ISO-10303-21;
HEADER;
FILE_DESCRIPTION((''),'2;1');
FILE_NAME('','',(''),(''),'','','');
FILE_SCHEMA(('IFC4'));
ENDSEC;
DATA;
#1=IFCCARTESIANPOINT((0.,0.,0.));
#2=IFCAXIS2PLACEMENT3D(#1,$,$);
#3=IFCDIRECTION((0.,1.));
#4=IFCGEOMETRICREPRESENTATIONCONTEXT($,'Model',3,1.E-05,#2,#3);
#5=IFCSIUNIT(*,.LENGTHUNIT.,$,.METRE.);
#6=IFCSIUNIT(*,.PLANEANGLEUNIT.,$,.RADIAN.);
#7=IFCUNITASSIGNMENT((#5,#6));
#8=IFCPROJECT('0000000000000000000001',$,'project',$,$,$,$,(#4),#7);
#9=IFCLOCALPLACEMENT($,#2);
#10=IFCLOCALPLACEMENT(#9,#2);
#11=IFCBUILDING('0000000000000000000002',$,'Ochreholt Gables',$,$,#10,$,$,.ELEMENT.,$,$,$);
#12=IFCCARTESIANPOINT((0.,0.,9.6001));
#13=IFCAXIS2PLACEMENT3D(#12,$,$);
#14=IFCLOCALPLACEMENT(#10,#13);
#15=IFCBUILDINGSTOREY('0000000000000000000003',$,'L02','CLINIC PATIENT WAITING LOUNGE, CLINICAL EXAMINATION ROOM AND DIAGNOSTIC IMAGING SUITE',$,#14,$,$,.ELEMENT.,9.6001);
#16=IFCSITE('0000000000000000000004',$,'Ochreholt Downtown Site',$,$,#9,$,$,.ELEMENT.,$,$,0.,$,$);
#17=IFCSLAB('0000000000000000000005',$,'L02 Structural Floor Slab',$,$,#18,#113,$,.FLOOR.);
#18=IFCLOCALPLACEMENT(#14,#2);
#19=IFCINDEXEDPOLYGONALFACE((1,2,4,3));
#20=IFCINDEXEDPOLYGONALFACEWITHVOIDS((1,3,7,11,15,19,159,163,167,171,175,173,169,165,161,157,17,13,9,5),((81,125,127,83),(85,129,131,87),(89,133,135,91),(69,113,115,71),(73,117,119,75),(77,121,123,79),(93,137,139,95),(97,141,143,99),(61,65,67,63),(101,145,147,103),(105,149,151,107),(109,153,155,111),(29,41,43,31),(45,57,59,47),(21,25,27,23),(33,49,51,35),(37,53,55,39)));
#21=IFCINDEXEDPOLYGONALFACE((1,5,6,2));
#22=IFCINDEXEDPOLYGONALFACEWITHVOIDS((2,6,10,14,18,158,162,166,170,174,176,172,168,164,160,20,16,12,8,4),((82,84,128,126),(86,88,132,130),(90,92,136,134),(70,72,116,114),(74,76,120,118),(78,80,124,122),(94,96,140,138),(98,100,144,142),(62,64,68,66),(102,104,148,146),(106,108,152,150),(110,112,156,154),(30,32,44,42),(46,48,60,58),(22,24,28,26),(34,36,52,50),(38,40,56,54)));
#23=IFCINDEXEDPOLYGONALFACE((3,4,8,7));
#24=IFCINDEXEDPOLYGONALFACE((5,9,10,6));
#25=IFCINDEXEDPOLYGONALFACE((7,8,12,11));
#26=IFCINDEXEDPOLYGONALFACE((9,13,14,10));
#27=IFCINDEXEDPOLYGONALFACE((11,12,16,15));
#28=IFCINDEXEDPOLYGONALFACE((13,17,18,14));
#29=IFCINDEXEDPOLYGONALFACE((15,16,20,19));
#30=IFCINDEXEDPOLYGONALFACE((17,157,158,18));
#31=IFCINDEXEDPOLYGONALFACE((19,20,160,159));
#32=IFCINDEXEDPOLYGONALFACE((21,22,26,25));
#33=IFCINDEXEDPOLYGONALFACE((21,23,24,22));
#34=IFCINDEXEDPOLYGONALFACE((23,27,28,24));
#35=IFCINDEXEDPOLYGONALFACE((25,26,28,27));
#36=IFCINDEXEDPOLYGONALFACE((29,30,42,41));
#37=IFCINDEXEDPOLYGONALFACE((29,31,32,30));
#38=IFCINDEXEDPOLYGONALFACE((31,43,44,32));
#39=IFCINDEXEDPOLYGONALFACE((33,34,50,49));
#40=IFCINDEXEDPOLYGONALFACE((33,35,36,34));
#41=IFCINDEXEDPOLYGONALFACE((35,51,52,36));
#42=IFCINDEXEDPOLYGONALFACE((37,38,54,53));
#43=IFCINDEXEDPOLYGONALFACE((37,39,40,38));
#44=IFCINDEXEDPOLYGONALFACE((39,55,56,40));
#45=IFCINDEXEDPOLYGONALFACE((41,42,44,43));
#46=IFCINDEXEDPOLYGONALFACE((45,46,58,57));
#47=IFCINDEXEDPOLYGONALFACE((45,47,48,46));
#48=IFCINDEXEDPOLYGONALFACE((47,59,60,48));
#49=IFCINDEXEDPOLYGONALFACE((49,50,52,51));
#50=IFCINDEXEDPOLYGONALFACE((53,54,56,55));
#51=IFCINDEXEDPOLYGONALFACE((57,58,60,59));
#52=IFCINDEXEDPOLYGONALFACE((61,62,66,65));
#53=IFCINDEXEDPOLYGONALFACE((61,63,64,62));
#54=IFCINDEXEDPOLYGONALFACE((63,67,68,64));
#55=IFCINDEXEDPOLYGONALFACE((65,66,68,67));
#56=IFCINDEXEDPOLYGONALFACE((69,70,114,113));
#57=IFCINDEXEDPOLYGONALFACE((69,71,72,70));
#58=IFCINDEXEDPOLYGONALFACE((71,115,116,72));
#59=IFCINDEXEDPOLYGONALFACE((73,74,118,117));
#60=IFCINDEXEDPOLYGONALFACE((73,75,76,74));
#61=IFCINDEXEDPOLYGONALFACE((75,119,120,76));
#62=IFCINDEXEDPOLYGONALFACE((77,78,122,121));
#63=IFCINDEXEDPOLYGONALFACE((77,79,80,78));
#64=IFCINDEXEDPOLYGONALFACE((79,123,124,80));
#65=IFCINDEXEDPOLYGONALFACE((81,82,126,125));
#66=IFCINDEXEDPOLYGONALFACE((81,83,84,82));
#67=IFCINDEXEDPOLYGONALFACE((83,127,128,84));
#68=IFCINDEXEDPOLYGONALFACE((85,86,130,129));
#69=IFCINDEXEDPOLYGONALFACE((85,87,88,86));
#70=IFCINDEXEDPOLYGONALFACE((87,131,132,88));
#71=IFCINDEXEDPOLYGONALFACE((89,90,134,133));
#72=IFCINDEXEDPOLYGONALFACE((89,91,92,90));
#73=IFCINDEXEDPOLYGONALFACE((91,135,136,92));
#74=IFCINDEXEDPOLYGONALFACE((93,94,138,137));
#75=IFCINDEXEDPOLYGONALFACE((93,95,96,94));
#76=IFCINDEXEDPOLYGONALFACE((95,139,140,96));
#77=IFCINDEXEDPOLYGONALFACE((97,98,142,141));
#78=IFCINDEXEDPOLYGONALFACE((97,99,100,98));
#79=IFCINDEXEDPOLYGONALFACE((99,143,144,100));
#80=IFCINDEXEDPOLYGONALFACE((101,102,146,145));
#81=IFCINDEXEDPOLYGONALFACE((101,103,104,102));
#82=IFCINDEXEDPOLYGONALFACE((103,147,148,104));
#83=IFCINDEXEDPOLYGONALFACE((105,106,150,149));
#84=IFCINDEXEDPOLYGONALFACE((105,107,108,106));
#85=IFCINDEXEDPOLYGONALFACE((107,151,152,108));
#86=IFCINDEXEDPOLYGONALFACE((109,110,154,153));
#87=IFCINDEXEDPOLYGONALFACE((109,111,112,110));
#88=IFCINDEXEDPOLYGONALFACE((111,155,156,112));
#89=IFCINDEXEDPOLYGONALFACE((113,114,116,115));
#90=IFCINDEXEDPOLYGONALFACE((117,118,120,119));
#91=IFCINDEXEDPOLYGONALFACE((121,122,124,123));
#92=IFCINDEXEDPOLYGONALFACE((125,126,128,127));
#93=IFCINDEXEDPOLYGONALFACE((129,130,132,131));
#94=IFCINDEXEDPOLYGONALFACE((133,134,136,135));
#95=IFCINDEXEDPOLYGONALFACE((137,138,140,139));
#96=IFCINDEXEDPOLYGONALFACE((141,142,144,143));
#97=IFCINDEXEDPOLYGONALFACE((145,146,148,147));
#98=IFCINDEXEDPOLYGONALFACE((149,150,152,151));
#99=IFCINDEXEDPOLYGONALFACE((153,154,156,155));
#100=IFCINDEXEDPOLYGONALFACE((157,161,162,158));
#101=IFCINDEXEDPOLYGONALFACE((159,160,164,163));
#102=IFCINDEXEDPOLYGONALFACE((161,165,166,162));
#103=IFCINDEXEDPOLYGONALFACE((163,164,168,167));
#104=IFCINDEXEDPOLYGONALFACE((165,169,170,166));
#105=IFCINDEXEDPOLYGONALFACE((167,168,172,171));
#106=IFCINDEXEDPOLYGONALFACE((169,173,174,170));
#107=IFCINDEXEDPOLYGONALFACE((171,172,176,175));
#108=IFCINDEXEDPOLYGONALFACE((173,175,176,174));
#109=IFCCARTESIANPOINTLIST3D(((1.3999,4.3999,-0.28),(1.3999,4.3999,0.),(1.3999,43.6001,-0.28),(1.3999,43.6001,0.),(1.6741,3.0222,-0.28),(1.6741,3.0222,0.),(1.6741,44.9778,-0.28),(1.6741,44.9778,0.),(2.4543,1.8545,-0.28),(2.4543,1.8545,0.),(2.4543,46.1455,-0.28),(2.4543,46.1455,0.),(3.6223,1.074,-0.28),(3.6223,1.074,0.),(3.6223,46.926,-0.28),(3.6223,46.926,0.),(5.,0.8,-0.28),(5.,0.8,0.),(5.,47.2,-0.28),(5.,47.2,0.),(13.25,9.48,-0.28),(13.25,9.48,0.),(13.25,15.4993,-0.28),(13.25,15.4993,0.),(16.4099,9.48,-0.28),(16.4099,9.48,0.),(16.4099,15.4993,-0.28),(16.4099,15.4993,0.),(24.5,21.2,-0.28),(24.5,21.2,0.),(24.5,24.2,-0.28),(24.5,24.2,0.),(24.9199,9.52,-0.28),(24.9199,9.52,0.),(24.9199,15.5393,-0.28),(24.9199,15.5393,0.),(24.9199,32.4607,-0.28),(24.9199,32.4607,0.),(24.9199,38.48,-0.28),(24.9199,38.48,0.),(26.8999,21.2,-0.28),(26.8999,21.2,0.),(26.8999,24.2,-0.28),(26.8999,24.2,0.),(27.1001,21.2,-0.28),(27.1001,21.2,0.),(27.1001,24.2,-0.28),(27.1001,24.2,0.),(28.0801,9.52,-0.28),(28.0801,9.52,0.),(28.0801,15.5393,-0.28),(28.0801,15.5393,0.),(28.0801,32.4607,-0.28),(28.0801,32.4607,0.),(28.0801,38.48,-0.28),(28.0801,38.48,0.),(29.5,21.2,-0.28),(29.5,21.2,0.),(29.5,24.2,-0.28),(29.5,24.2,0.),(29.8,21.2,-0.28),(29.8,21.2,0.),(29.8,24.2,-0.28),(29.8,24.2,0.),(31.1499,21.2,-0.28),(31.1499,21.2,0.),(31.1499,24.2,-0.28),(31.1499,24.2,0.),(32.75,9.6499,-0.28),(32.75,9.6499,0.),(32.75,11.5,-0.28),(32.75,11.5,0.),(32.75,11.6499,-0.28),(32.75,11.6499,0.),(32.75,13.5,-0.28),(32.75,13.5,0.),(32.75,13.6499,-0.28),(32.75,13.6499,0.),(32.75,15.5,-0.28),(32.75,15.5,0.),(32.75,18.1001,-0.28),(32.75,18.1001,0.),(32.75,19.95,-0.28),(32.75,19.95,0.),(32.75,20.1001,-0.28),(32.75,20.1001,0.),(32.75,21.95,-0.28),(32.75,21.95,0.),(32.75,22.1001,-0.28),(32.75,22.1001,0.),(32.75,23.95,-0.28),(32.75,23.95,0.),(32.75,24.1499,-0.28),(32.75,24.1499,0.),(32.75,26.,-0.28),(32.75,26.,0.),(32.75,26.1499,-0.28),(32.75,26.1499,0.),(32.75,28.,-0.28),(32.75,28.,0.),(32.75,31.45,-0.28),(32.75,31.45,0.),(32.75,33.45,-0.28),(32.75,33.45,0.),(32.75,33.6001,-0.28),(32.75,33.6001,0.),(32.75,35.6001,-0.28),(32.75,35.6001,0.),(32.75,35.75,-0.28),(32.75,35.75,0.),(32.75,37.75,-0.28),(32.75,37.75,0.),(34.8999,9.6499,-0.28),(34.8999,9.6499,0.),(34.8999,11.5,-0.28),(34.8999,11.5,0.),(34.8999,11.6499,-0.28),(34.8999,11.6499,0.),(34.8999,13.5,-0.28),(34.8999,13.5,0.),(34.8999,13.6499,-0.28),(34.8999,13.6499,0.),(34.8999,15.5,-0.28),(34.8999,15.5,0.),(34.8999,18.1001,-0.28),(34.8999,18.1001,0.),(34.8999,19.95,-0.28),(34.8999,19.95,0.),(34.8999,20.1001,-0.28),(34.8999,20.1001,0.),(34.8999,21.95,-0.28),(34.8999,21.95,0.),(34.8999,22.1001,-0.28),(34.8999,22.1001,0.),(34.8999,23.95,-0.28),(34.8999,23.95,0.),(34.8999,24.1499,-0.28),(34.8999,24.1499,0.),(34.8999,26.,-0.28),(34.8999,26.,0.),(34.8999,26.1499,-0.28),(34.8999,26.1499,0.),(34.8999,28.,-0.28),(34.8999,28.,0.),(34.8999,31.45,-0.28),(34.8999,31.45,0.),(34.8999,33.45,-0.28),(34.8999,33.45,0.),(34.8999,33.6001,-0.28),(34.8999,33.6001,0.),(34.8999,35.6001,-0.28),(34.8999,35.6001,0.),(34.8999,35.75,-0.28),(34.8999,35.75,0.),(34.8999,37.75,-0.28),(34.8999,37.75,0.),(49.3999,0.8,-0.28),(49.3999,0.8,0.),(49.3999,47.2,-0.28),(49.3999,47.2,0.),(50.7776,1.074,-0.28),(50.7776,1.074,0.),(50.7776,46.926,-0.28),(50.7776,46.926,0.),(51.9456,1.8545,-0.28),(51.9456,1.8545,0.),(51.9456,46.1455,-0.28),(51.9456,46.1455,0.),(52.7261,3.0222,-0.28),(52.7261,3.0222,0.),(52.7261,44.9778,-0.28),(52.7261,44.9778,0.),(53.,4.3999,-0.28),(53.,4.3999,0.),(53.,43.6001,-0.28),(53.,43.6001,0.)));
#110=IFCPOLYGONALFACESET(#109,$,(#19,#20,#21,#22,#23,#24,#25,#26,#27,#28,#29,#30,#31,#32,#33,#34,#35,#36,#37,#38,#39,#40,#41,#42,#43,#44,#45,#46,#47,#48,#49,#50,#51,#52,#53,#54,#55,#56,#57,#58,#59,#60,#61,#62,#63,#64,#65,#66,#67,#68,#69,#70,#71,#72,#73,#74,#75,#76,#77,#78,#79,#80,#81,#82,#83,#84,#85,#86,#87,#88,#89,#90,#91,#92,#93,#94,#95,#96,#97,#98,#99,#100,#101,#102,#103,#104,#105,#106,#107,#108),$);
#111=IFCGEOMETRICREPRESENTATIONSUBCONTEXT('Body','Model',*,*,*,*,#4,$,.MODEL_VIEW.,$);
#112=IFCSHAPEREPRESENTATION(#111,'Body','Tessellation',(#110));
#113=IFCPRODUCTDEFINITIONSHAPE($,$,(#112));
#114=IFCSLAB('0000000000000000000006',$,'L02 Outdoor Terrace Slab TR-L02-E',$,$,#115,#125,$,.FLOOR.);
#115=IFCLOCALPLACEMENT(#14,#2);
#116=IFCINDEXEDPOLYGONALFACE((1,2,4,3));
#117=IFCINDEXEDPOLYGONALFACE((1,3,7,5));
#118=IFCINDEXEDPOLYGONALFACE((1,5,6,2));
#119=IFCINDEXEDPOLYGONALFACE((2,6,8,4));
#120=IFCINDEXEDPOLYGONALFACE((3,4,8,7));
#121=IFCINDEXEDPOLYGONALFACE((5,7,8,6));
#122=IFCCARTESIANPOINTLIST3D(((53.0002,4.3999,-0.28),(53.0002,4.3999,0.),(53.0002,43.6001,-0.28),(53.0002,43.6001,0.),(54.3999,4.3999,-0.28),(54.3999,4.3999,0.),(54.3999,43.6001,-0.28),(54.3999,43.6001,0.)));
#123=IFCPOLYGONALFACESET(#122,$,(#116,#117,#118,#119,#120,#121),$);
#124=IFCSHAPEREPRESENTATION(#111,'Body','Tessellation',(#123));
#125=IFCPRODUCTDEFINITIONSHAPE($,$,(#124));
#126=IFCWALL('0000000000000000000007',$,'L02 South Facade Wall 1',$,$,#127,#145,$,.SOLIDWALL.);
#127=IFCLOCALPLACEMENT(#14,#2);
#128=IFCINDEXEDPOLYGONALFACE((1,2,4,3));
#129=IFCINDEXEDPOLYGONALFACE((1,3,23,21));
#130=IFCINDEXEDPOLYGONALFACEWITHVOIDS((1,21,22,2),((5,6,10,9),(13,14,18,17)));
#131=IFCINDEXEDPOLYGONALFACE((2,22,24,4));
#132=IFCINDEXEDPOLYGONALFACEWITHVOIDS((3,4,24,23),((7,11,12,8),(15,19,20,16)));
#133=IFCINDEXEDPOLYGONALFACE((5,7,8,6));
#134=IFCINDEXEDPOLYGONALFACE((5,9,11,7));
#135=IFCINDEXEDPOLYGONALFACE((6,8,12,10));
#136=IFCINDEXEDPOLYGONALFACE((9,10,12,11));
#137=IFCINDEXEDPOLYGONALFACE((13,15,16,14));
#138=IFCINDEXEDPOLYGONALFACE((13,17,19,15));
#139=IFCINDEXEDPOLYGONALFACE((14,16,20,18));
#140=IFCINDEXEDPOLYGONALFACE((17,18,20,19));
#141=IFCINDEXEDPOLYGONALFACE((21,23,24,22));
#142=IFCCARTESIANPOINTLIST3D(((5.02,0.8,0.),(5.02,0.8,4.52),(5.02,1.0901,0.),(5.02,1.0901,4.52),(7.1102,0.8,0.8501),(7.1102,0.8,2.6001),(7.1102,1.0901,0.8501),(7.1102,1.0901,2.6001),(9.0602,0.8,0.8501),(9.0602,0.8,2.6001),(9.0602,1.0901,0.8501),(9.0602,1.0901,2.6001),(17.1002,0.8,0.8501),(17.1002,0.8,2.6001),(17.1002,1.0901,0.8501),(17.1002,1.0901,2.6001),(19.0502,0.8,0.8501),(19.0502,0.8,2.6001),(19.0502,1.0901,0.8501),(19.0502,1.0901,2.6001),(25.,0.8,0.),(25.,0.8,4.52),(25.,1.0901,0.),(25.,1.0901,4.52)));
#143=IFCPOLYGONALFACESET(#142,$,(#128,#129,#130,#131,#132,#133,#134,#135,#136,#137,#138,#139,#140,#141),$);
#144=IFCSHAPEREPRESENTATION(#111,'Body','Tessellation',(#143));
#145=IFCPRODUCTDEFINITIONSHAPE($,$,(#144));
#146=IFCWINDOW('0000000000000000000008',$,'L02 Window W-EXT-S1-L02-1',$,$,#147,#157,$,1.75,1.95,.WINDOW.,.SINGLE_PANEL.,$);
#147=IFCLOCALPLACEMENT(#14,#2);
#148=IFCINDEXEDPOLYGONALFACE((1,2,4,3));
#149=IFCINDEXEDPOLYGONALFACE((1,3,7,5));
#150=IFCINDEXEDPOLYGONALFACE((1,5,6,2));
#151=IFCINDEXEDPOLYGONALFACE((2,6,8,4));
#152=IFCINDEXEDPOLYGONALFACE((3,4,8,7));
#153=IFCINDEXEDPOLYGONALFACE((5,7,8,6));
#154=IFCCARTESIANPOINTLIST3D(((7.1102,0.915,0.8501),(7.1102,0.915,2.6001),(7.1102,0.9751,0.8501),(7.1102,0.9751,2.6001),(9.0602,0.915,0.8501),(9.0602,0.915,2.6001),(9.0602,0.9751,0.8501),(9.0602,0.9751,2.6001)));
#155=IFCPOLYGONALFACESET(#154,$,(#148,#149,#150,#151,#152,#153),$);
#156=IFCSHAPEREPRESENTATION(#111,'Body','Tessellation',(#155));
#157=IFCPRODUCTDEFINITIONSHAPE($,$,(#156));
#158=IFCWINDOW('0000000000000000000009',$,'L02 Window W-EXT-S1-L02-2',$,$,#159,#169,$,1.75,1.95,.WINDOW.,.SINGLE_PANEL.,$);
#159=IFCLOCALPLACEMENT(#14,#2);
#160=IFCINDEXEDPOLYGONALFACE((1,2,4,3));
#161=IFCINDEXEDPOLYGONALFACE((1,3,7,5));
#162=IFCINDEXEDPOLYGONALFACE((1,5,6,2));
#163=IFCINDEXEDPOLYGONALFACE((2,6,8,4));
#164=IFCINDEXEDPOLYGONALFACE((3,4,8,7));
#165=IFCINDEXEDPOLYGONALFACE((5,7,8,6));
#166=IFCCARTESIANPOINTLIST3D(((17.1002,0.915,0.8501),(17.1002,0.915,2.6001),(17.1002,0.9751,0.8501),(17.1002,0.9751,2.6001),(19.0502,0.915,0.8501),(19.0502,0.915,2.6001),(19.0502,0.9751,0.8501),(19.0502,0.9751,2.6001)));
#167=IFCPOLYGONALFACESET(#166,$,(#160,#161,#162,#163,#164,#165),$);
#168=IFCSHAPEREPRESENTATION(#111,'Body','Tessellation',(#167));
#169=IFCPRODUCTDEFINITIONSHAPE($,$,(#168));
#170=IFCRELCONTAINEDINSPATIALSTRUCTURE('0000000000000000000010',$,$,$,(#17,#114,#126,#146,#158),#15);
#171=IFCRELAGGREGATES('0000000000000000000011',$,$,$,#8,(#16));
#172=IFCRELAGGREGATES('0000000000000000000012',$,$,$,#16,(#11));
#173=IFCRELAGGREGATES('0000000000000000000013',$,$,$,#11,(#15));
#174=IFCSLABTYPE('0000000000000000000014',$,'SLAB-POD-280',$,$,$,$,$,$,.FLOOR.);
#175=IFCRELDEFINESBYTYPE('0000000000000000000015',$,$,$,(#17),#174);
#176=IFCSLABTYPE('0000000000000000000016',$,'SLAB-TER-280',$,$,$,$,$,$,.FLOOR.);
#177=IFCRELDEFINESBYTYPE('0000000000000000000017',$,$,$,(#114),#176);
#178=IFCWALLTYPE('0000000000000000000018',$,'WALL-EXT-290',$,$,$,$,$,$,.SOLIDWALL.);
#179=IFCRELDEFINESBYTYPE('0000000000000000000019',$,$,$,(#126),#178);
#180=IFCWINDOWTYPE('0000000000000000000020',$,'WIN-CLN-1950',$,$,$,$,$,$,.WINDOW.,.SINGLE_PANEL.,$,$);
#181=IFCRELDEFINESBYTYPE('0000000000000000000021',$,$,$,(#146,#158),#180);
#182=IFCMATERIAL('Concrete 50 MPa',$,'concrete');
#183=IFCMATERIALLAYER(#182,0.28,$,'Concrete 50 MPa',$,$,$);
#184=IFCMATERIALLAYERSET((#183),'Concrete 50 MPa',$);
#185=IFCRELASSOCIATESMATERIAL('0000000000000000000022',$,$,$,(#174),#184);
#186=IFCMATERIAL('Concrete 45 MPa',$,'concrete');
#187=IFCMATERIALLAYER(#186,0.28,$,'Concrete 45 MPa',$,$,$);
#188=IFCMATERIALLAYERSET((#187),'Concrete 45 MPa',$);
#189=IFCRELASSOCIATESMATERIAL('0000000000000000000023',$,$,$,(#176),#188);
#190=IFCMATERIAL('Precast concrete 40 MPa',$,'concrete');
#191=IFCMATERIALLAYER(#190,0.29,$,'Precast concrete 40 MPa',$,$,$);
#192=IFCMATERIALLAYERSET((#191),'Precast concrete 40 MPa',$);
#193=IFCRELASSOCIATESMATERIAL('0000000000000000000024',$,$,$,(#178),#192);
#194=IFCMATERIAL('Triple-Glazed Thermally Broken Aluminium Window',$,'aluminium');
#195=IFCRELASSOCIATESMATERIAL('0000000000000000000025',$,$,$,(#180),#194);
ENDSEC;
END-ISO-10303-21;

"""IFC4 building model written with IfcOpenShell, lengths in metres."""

from ifc_helpers import new_model, si_unit, direction, frame, frame_2d, origin, place, context, subcontext, project, spatial, polyline, rectangle, outline, extrude, material, layer, layer_set, type_object, element, fill, save


model = new_model("IFC4")

# Units and contexts
model_context = context("Model", 3, precision=1e-05, world=origin(), true_north=direction((0.0, 1.0)))
body_context = subcontext(model_context, "Body", "Model", "MODEL_VIEW")
ifc_project = project(units=[si_unit("LENGTHUNIT", "METRE"), si_unit("PLANEANGLEUNIT", "RADIAN")], contexts=[model_context])

# Site, building, storey
site_placement = place(None, origin())
site = spatial("IfcSite", under=ifc_project, at=site_placement, Name="Ochreholt Downtown Site", CompositionType="ELEMENT", RefElevation=0.0)
building_placement = place(site_placement, origin())
building = spatial("IfcBuilding", under=site, at=building_placement, Name="Ochreholt Gables", CompositionType="ELEMENT")
storey_placement = place(building_placement, frame((0.0, 0.0, 9.6001)))
storey = spatial("IfcBuildingStorey", under=building, at=storey_placement, Name="L02", Description="CLINIC PATIENT WAITING LOUNGE, CLINICAL EXAMINATION ROOM AND DIAGNOSTIC IMAGING SUITE", CompositionType="ELEMENT", Elevation=9.6001)

# Slabs
ifc_material_1 = material(Name="Concrete 50 MPa", Category="concrete")
ifc_layer_1 = layer(ifc_material_1, 0.28, Name="Concrete 50 MPa")
ifc_layer_set_1 = layer_set([ifc_layer_1], Name="Concrete 50 MPa")
slab_type_1 = type_object("IfcSlabType", Name="SLAB-POD-280", PredefinedType="FLOOR", material=ifc_layer_set_1)
slab_1_placement = place(storey_placement, frame((0.0, 0.0, -0.28)))
element("IfcSlab", 1, at=slab_1_placement, inside=storey, type_object=slab_type_1, Name="L02 Structural Floor Slab", PredefinedType="FLOOR", context=body_context, shape_type="SweptSolid", body=[
    extrude(outline(polyline([(1.3999, 4.3999), (1.6741, 3.0222), (2.4543, 1.8545), (3.6223, 1.074), (5.0, 0.8), (49.3999, 0.8), (50.7776, 1.074), (51.9456, 1.8545), (52.7261, 3.0222), (53.0, 4.3999), (53.0, 43.6001), (52.7261, 44.9778), (51.9456, 46.1455), (50.7776, 46.926), (49.3999, 47.2), (5.0, 47.2), (3.6223, 46.926), (2.4543, 46.1455), (1.6741, 44.9778), (1.3999, 43.6001), (1.3999, 4.3999)]), holes=[polyline([(24.9199, 15.5393), (24.9199, 9.52), (28.0801, 9.52), (28.0801, 15.5393), (24.9199, 15.5393)]), polyline([(28.0801, 32.4607), (28.0801, 38.48), (24.9199, 38.48), (24.9199, 32.4607), (28.0801, 32.4607)]), polyline([(13.25, 15.4993), (13.25, 9.48), (16.4099, 9.48), (16.4099, 15.4993), (13.25, 15.4993)]), polyline([(24.5, 21.2), (26.8999, 21.2), (26.8999, 24.2), (24.5, 24.2), (24.5, 21.2)]), polyline([(27.1001, 21.2), (29.5, 21.2), (29.5, 24.2), (27.1001, 24.2), (27.1001, 21.2)]), polyline([(32.75, 9.6499), (34.8999, 9.6499), (34.8999, 11.5), (32.75, 11.5), (32.75, 9.6499)]), polyline([(32.75, 11.6499), (34.8999, 11.6499), (34.8999, 13.5), (32.75, 13.5), (32.75, 11.6499)]), polyline([(32.75, 13.6499), (34.8999, 13.6499), (34.8999, 15.5), (32.75, 15.5), (32.75, 13.6499)]), polyline([(32.75, 18.1001), (34.8999, 18.1001), (34.8999, 19.95), (32.75, 19.95), (32.75, 18.1001)]), polyline([(32.75, 20.1001), (34.8999, 20.1001), (34.8999, 21.95), (32.75, 21.95), (32.75, 20.1001)]), polyline([(32.75, 22.1001), (34.8999, 22.1001), (34.8999, 23.95), (32.75, 23.95), (32.75, 22.1001)]), polyline([(32.75, 24.1499), (34.8999, 24.1499), (34.8999, 26.0), (32.75, 26.0), (32.75, 24.1499)]), polyline([(32.75, 26.1499), (34.8999, 26.1499), (34.8999, 28.0), (32.75, 28.0), (32.75, 26.1499)]), polyline([(32.75, 31.45), (34.8999, 31.45), (34.8999, 33.45), (32.75, 33.45), (32.75, 31.45)]), polyline([(32.75, 33.6001), (34.8999, 33.6001), (34.8999, 35.6001), (32.75, 35.6001), (32.75, 33.6001)]), polyline([(32.75, 35.75), (34.8999, 35.75), (34.8999, 37.75), (32.75, 37.75), (32.75, 35.75)]), polyline([(29.8, 21.2), (31.1499, 21.2), (31.1499, 24.2), (29.8, 24.2), (29.8, 21.2)])]), origin(), (0.0, 0.0, 1.0), 0.28),
])
ifc_material_2 = material(Name="Concrete 45 MPa", Category="concrete")
ifc_layer_2 = layer(ifc_material_2, 0.28, Name="Concrete 45 MPa")
ifc_layer_set_2 = layer_set([ifc_layer_2], Name="Concrete 45 MPa")
slab_type_2 = type_object("IfcSlabType", Name="SLAB-TER-280", PredefinedType="FLOOR", material=ifc_layer_set_2)
slab_2_placement = place(storey_placement, frame((0.0, 0.0, -0.28)))
element("IfcSlab", 2, at=slab_2_placement, inside=storey, type_object=slab_type_2, Name="L02 Outdoor Terrace Slab TR-L02-E", PredefinedType="FLOOR", context=body_context, shape_type="SweptSolid", body=[
    extrude(outline(polyline([(53.0002, 4.3999), (54.3999, 4.3999), (54.3999, 43.6001), (53.0002, 43.6001), (53.0002, 4.3999)])), origin(), (0.0, 0.0, 1.0), 0.28),
])

# Wall, openings, windows
ifc_material_3 = material(Name="Precast concrete 40 MPa", Category="concrete")
ifc_layer_3 = layer(ifc_material_3, 0.29, Name="Precast concrete 40 MPa")
ifc_layer_set_3 = layer_set([ifc_layer_3], Name="Precast concrete 40 MPa")
wall_type_1 = type_object("IfcWallType", Name="WALL-EXT-290", PredefinedType="SOLIDWALL", material=ifc_layer_set_3)
wall_1_placement = place(storey_placement, frame((5.02, 0.9451, 0.0), z_axis=(0.0, 0.0, 1.0), x_axis=(1.0, 0.0, 0.0)))
wall_1 = element("IfcWall", 3, at=wall_1_placement, inside=storey, type_object=wall_type_1, Name="L02 South Facade Wall 1", PredefinedType="SOLIDWALL", context=body_context, shape_type="SweptSolid", body=[
    extrude(rectangle(XDim=19.98, YDim=0.29, at=frame_2d((9.99, 0.0))), origin(), (0.0, 0.0, 1.0), 4.52),
])
opening_1_placement = place(wall_1_placement, frame((2.0901, 0.0, 0.8501)))
opening_1 = element("IfcOpeningElement", 4, at=opening_1_placement, cuts=wall_1, PredefinedType="OPENING", context=body_context, shape_type="SweptSolid", body=[
    extrude(rectangle(XDim=1.95, YDim=1.75, at=frame_2d((0.9751, 0.875))), frame((0.0, 0.155, 0.0), z_axis=(0.0, -1.0, 0.0), x_axis=(1.0, 0.0, 0.0)), (0.0, 0.0, 1.0), 0.3101),
])
opening_2_placement = place(wall_1_placement, frame((12.0801, 0.0, 0.8501)))
opening_2 = element("IfcOpeningElement", 5, at=opening_2_placement, cuts=wall_1, PredefinedType="OPENING", context=body_context, shape_type="SweptSolid", body=[
    extrude(rectangle(XDim=1.95, YDim=1.75, at=frame_2d((0.9751, 0.875))), frame((0.0, 0.155, 0.0), z_axis=(0.0, -1.0, 0.0), x_axis=(1.0, 0.0, 0.0)), (0.0, 0.0, 1.0), 0.3101),
])
ifc_material_4 = material(Name="Triple-Glazed Thermally Broken Aluminium Window", Category="aluminium")
window_type = type_object("IfcWindowType", Name="WIN-CLN-1950", PartitioningType="SINGLE_PANEL", PredefinedType="WINDOW", material=ifc_material_4)
window_1_placement = place(opening_1_placement, origin())
window_1 = element("IfcWindow", 6, at=window_1_placement, inside=storey, type_object=window_type, Name="L02 Window W-EXT-S1-L02-1", OverallHeight=1.75, OverallWidth=1.95, PartitioningType="SINGLE_PANEL", PredefinedType="WINDOW", context=body_context, shape_type="SweptSolid", body=[
    extrude(rectangle(XDim=1.95, YDim=1.75, at=frame_2d((0.9751, 0.875))), frame((0.0, 0.03, 0.0), z_axis=(0.0, -1.0, 0.0), x_axis=(1.0, 0.0, 0.0)), (0.0, 0.0, 1.0), 0.0601),
])
fill(opening_1, window_1)
window_2_placement = place(opening_2_placement, origin())
window_2 = element("IfcWindow", 7, at=window_2_placement, inside=storey, type_object=window_type, Name="L02 Window W-EXT-S1-L02-2", OverallHeight=1.75, OverallWidth=1.95, PartitioningType="SINGLE_PANEL", PredefinedType="WINDOW", context=body_context, shape_type="SweptSolid", body=[
    extrude(rectangle(XDim=1.95, YDim=1.75, at=frame_2d((0.9751, 0.875))), frame((0.0, 0.03, 0.0), z_axis=(0.0, -1.0, 0.0), x_axis=(1.0, 0.0, 0.0)), (0.0, 0.0, 1.0), 0.0601),
])
fill(opening_2, window_2)

save(model, "model.ifc")
